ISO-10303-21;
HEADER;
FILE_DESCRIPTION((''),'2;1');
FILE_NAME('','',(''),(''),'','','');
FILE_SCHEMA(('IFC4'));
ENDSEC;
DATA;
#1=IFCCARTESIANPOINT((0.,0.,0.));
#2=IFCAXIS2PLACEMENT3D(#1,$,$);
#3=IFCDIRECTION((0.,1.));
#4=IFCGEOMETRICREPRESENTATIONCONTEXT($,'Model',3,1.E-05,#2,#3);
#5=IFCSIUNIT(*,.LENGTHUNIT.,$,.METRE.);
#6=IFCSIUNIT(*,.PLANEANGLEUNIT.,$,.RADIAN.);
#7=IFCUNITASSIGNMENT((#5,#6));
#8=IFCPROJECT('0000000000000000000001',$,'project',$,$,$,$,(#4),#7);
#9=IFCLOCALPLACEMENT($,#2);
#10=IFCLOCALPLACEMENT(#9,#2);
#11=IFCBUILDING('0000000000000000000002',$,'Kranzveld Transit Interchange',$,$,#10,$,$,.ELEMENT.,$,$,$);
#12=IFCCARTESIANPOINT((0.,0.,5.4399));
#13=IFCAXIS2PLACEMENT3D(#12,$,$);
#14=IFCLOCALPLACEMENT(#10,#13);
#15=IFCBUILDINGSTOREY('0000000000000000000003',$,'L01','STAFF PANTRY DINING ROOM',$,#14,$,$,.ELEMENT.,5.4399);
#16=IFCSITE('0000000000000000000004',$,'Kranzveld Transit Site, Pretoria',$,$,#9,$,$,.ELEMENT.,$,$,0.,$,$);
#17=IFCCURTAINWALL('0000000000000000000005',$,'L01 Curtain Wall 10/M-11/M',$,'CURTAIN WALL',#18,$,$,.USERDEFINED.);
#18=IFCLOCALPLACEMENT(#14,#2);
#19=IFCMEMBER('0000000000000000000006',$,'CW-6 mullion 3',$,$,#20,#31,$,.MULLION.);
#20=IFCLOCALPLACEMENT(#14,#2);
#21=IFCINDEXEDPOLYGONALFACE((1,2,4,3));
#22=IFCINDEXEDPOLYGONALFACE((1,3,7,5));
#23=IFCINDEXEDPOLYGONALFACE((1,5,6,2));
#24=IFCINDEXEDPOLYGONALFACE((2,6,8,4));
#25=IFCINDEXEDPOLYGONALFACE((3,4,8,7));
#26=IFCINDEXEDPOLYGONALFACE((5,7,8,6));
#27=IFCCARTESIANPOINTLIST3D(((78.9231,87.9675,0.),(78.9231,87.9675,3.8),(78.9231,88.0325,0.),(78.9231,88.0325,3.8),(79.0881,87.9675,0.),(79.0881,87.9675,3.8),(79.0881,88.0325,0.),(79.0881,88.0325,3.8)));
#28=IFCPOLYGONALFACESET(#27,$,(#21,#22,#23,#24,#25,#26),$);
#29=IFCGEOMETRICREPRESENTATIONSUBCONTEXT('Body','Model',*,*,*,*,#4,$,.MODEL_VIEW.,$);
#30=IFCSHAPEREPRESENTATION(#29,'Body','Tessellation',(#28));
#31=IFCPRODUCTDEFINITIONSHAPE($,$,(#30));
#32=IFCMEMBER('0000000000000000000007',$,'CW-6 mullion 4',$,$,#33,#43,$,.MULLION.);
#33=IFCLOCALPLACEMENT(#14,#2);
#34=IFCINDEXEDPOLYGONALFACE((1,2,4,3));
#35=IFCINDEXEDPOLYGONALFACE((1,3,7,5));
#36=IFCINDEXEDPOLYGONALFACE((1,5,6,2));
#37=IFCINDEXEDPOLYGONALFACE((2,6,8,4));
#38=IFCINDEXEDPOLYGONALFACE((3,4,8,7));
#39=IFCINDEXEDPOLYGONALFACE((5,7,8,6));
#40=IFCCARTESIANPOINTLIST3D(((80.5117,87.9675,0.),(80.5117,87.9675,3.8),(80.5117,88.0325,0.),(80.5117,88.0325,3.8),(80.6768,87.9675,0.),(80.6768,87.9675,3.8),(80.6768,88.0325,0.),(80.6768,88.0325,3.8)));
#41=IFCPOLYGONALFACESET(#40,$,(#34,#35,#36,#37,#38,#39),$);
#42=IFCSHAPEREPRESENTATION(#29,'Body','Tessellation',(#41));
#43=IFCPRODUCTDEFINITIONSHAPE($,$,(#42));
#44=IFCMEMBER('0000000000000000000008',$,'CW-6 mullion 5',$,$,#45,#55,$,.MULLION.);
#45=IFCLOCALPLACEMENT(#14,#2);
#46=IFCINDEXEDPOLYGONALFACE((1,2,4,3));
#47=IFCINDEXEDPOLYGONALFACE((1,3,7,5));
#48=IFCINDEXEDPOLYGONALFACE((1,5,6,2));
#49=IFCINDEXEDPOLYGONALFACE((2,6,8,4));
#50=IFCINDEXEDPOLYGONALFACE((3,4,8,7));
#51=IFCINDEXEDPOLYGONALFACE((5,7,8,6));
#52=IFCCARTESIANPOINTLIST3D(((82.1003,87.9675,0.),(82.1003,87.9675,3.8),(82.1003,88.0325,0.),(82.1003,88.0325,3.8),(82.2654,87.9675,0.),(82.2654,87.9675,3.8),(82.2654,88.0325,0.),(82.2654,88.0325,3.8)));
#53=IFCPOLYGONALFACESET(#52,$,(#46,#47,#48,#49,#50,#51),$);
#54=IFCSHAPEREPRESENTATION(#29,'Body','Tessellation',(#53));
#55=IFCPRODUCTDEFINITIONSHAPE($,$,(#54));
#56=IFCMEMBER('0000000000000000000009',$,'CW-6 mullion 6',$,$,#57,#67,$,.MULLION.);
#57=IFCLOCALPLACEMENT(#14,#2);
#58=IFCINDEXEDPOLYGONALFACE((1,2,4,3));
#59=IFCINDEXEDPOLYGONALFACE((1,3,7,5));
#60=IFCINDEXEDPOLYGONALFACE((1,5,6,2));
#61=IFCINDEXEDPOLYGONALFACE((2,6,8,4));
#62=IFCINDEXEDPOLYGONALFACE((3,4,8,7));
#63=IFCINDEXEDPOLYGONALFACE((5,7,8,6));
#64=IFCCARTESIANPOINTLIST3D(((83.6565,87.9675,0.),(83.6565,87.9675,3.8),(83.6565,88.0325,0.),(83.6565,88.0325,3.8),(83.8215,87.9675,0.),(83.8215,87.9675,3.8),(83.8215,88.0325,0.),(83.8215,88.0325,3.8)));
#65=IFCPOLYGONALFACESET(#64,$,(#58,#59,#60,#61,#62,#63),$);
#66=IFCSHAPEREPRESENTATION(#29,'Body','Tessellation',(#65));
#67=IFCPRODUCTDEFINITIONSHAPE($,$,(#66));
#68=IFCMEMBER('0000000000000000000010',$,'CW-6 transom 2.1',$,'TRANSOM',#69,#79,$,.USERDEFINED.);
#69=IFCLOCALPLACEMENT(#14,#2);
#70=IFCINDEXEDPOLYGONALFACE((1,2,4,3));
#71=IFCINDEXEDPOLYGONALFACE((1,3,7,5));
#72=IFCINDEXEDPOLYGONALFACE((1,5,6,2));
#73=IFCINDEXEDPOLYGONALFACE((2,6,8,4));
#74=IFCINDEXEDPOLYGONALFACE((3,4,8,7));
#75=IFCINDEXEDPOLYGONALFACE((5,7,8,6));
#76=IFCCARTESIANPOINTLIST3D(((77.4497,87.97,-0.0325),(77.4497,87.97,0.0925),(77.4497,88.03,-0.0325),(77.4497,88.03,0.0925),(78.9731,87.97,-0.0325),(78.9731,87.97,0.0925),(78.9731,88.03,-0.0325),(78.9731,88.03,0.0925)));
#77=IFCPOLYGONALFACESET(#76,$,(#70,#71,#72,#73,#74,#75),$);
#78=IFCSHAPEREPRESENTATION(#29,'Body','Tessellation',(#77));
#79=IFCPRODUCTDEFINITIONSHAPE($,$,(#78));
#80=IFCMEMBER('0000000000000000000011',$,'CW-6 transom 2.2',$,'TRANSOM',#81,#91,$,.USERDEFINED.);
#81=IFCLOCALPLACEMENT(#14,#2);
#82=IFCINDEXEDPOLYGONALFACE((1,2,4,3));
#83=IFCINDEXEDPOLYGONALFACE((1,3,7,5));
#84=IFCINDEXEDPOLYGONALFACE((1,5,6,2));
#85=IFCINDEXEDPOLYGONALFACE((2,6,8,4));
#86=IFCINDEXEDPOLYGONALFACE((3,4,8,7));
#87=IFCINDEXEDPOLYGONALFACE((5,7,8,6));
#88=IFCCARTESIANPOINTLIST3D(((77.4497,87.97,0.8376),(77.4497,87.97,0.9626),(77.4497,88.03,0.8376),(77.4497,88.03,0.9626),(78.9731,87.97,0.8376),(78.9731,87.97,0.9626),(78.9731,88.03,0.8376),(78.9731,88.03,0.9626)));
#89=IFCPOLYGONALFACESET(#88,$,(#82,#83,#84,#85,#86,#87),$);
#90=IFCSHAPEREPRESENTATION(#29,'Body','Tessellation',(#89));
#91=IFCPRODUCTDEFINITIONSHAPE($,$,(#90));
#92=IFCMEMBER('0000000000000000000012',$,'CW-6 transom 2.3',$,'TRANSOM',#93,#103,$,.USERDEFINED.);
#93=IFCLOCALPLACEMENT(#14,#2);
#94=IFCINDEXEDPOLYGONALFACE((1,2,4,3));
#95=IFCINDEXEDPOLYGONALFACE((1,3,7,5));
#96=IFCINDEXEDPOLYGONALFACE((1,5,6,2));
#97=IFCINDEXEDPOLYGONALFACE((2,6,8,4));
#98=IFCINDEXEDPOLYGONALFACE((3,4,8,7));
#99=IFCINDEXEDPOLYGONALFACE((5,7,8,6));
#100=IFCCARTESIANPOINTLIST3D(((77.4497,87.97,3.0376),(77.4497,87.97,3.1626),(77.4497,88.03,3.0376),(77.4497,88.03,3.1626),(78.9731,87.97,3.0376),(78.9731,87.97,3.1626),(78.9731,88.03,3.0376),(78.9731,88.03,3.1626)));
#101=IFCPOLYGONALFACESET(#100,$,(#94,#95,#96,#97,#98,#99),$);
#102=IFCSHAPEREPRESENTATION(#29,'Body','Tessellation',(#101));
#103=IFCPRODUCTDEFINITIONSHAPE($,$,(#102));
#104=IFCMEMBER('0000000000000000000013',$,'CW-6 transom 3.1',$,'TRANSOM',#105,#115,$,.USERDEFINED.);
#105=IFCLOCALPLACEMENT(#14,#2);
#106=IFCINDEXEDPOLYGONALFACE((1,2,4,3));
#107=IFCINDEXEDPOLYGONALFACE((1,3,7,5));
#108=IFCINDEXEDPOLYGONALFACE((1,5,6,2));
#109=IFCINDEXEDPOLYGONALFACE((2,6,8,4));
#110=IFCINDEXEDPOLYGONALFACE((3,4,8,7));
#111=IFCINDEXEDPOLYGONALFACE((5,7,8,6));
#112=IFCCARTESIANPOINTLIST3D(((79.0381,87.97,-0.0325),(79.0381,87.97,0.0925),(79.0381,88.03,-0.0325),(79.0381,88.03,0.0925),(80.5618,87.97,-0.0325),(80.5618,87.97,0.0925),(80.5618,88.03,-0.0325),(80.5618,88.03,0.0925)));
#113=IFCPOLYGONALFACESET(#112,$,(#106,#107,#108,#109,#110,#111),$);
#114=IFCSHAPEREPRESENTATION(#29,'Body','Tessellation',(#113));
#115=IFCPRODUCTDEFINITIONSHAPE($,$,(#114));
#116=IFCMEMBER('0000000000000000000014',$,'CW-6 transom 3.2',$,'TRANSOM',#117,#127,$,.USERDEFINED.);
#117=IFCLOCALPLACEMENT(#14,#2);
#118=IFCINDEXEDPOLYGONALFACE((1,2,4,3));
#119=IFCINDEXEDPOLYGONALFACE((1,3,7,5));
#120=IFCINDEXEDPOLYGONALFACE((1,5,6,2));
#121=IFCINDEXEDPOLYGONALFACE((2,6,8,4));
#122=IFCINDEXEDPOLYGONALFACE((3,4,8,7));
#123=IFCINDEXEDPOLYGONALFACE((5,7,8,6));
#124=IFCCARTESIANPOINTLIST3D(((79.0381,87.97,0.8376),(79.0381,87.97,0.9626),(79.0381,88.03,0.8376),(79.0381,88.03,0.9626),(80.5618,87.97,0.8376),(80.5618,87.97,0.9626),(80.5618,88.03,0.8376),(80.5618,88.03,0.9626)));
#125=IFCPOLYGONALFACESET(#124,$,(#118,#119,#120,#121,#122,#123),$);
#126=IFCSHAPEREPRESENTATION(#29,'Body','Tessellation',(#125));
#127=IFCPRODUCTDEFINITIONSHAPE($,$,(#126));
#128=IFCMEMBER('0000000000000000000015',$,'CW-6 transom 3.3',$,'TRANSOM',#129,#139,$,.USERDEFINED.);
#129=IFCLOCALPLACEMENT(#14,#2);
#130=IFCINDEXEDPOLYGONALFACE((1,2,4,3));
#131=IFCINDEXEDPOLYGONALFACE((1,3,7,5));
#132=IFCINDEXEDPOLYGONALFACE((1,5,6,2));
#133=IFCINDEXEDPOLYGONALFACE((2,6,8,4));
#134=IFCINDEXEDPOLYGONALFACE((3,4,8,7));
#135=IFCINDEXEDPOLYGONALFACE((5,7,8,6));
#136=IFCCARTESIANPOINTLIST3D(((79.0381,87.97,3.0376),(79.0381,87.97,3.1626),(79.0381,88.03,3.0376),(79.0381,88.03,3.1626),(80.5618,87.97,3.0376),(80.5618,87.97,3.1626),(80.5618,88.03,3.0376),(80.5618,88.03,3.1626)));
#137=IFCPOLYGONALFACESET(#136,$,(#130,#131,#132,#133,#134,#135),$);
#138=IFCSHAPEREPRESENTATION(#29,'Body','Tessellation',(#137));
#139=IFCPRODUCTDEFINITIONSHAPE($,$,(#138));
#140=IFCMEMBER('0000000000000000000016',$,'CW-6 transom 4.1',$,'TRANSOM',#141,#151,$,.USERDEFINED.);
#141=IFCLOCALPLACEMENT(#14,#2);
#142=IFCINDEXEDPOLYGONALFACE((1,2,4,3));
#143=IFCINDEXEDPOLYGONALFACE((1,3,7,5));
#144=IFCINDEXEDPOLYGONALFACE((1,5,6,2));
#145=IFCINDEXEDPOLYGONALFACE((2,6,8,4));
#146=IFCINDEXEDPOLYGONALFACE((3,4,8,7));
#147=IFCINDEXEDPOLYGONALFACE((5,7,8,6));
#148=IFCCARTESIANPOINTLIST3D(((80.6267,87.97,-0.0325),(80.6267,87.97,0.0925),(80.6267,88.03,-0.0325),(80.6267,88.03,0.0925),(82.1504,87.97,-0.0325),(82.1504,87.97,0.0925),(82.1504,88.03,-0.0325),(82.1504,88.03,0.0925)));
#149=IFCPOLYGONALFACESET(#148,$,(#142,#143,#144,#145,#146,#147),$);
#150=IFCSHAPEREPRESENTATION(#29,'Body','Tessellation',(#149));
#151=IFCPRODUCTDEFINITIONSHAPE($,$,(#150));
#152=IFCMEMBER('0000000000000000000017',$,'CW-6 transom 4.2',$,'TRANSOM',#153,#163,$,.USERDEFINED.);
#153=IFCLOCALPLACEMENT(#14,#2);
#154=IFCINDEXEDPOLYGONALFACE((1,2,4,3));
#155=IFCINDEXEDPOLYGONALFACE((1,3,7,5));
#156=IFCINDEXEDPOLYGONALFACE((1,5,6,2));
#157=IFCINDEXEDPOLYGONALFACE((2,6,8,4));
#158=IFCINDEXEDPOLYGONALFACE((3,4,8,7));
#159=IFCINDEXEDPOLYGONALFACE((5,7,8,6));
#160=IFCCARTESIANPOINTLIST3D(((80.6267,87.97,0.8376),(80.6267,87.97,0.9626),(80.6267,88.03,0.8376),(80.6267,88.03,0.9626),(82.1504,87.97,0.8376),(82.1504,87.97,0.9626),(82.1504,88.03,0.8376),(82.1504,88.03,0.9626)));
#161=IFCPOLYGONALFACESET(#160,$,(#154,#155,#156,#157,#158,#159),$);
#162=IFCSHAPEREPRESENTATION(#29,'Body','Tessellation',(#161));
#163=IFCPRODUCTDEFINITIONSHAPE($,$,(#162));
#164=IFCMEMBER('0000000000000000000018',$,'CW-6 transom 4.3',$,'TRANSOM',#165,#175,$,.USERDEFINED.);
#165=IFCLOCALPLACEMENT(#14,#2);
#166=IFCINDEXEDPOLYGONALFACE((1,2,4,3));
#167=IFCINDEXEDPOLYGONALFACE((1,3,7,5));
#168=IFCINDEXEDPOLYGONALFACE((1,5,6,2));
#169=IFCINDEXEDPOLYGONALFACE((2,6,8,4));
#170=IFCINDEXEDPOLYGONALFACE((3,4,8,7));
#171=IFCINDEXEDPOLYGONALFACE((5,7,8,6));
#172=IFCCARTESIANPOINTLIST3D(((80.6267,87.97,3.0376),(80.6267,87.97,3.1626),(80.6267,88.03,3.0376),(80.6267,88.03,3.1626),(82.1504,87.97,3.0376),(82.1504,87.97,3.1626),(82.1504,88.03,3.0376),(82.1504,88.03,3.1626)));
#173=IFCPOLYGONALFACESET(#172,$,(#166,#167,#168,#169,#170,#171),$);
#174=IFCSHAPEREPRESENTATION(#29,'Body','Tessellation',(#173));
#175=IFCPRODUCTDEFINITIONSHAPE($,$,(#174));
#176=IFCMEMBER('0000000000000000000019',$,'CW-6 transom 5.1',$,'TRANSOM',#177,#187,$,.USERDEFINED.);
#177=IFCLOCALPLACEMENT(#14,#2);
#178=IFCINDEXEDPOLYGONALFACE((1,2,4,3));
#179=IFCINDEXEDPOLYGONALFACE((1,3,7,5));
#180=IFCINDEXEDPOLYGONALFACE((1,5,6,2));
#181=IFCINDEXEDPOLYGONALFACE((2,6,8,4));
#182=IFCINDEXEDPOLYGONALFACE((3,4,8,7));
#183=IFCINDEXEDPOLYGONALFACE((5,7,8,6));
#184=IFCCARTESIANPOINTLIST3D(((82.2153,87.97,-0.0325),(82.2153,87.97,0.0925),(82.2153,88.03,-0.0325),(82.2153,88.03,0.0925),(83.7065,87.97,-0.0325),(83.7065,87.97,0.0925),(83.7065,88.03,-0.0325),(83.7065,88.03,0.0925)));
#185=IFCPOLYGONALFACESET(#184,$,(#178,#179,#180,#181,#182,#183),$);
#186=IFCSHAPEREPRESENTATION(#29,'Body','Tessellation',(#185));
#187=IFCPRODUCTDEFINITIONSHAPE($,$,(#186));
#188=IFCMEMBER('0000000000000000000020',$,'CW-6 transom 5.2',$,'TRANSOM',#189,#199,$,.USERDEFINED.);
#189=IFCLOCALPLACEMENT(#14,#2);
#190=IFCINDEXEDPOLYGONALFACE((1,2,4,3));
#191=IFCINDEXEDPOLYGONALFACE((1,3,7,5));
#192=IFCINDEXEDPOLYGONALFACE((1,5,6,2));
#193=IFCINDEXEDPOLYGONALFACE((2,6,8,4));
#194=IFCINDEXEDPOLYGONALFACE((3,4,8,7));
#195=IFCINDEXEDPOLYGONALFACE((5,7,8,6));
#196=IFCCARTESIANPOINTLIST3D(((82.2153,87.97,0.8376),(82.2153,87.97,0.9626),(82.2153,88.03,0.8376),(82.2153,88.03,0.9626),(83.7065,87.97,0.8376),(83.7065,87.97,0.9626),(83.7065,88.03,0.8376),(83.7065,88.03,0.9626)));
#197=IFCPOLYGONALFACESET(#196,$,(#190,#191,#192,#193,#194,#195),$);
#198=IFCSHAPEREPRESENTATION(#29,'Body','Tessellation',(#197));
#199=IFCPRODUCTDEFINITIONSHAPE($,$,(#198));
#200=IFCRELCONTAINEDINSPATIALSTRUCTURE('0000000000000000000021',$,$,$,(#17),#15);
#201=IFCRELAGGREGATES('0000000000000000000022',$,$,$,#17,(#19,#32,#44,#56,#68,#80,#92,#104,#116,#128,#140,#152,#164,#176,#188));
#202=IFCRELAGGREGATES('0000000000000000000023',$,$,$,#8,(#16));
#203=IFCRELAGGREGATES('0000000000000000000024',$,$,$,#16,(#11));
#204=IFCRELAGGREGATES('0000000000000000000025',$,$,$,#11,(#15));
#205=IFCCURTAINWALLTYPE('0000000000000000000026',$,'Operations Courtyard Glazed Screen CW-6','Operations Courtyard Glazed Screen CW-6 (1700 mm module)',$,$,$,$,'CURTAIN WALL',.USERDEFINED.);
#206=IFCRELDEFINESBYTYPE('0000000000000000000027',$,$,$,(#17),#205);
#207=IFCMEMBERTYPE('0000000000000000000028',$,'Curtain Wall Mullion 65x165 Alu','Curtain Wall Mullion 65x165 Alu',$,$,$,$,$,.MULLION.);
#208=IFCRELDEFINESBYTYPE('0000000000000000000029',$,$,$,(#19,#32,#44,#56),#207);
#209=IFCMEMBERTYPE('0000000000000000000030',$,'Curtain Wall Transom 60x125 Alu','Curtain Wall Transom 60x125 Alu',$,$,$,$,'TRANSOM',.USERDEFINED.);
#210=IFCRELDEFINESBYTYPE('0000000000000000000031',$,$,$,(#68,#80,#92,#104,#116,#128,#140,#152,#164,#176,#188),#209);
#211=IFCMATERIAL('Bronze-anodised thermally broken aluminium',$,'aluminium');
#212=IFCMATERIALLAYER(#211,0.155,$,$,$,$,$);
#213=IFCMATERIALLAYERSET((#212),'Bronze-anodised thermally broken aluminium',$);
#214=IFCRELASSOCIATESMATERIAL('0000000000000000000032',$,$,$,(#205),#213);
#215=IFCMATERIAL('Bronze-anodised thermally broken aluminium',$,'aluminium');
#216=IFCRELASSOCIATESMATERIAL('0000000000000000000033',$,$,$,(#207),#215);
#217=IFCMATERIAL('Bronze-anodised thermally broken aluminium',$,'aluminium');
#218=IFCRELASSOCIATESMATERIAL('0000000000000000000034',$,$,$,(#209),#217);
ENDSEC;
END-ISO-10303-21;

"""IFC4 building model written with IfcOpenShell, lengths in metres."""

from ifc_helpers import new_model, si_unit, direction, frame, origin, origin_2d, place, context, subcontext, project, spatial, rectangle, extrude, material, layer, layer_set, material_profile, profile_set, type_object, element, aggregate, save


model = new_model("IFC4")

# Units and contexts
model_context = context("Model", 3, precision=1e-05, world=origin(), true_north=direction((0.0, 1.0)))
body_context = subcontext(model_context, "Body", "Model", "MODEL_VIEW")
ifc_project = project(units=[si_unit("LENGTHUNIT", "METRE"), si_unit("PLANEANGLEUNIT", "RADIAN")], contexts=[model_context])

# Site, building, storey
site_placement = place(None, origin())
site = spatial("IfcSite", under=ifc_project, at=site_placement, Name="Kranzveld Transit Site, Pretoria", CompositionType="ELEMENT", RefElevation=0.0)
building_placement = place(site_placement, origin())
building = spatial("IfcBuilding", under=site, at=building_placement, Name="Kranzveld Transit Interchange", CompositionType="ELEMENT")
storey_placement = place(building_placement, frame((0.0, 0.0, 5.4399)))
storey = spatial("IfcBuildingStorey", under=building, at=storey_placement, Name="L01", Description="STAFF PANTRY DINING ROOM", CompositionType="ELEMENT", Elevation=5.4399)

# Curtain wall, members
ifc_material_1 = material(Name="Bronze-anodised thermally broken aluminium", Category="aluminium")
ifc_layer_1 = layer(ifc_material_1, 0.155)
ifc_layer_set_1 = layer_set([ifc_layer_1], Name="Bronze-anodised thermally broken aluminium")
curtain_wall_type = type_object("IfcCurtainWallType", Name="Operations Courtyard Glazed Screen CW-6", Description="Operations Courtyard Glazed Screen CW-6 (1700 mm module)", ElementType="CURTAIN WALL", PredefinedType="USERDEFINED", material=ifc_layer_set_1)
curtain_wall_placement = place(storey_placement, origin())
curtain_wall = element("IfcCurtainWall", 1, at=curtain_wall_placement, inside=storey, type_object=curtain_wall_type, Name="L01 Curtain Wall 10/M-11/M", ObjectType="CURTAIN WALL", PredefinedType="USERDEFINED")
ifc_material_2 = material(Name="Bronze-anodised thermally broken aluminium", Category="aluminium")
ifc_material_profile_1 = material_profile(ifc_material_2, rectangle(XDim=0.0649, YDim=0.165, at=origin_2d()), Name="ALU MULLION 65x165")
ifc_profile_set_1 = profile_set([ifc_material_profile_1], Name="Bronze-anodised thermally broken aluminium")
member_type_1 = type_object("IfcMemberType", Name="Curtain Wall Mullion 65x165 Alu", Description="Curtain Wall Mullion 65x165 Alu", PredefinedType="MULLION", material=ifc_profile_set_1)
member_1_placement = place(storey_placement, frame((79.0056, 88.0, 0.0), z_axis=(0.0, 0.0, 1.0), x_axis=(0.0, 1.0, 0.0)))
member_1 = element("IfcMember", 2, at=member_1_placement, type_object=member_type_1, Name="CW-6 mullion 3", PredefinedType="MULLION", context=body_context, shape_type="SweptSolid", body=[
    extrude(rectangle(XDim=0.0649, YDim=0.165, at=origin_2d()), origin(), (0.0, 0.0, 1.0), 3.8),
])
member_2_placement = place(storey_placement, frame((80.5942, 88.0, 0.0), z_axis=(0.0, 0.0, 1.0), x_axis=(0.0, 1.0, 0.0)))
member_2 = element("IfcMember", 3, at=member_2_placement, type_object=member_type_1, Name="CW-6 mullion 4", PredefinedType="MULLION", context=body_context, shape_type="SweptSolid", body=[
    extrude(rectangle(XDim=0.0649, YDim=0.165, at=origin_2d()), origin(), (0.0, 0.0, 1.0), 3.8),
])
member_3_placement = place(storey_placement, frame((82.1829, 88.0, 0.0), z_axis=(0.0, 0.0, 1.0), x_axis=(0.0, 1.0, 0.0)))
member_3 = element("IfcMember", 4, at=member_3_placement, type_object=member_type_1, Name="CW-6 mullion 5", PredefinedType="MULLION", context=body_context, shape_type="SweptSolid", body=[
    extrude(rectangle(XDim=0.0649, YDim=0.165, at=origin_2d()), origin(), (0.0, 0.0, 1.0), 3.8),
])
member_4_placement = place(storey_placement, frame((83.739, 88.0, 0.0), z_axis=(0.0, 0.0, 1.0), x_axis=(0.0, 1.0, 0.0)))
member_4 = element("IfcMember", 5, at=member_4_placement, type_object=member_type_1, Name="CW-6 mullion 6", PredefinedType="MULLION", context=body_context, shape_type="SweptSolid", body=[
    extrude(rectangle(XDim=0.0649, YDim=0.165, at=origin_2d()), origin(), (0.0, 0.0, 1.0), 3.8),
])
ifc_material_3 = material(Name="Bronze-anodised thermally broken aluminium", Category="aluminium")
ifc_material_profile_2 = material_profile(ifc_material_3, rectangle(XDim=0.0601, YDim=0.125, at=origin_2d()), Name="ALU TRANSOM 60x125")
ifc_profile_set_2 = profile_set([ifc_material_profile_2], Name="Bronze-anodised thermally broken aluminium")
member_type_2 = type_object("IfcMemberType", Name="Curtain Wall Transom 60x125 Alu", Description="Curtain Wall Transom 60x125 Alu", ElementType="TRANSOM", PredefinedType="USERDEFINED", material=ifc_profile_set_2)
member_5_placement = place(storey_placement, frame((77.4497, 88.0, 0.03), z_axis=(1.0, 0.0, 0.0), x_axis=(0.0, 1.0, 0.0)))
member_5 = element("IfcMember", 6, at=member_5_placement, type_object=member_type_2, Name="CW-6 transom 2.1", ObjectType="TRANSOM", PredefinedType="USERDEFINED", context=body_context, shape_type="SweptSolid", body=[
    extrude(rectangle(XDim=0.0601, YDim=0.125, at=origin_2d()), origin(), (0.0, 0.0, 1.0), 1.5234),
])
member_6_placement = place(storey_placement, frame((77.4497, 88.0, 0.9001), z_axis=(1.0, 0.0, 0.0), x_axis=(0.0, 1.0, 0.0)))
member_6 = element("IfcMember", 7, at=member_6_placement, type_object=member_type_2, Name="CW-6 transom 2.2", ObjectType="TRANSOM", PredefinedType="USERDEFINED", context=body_context, shape_type="SweptSolid", body=[
    extrude(rectangle(XDim=0.0601, YDim=0.125, at=origin_2d()), origin(), (0.0, 0.0, 1.0), 1.5234),
])
member_7_placement = place(storey_placement, frame((77.4497, 88.0, 3.1001), z_axis=(1.0, 0.0, 0.0), x_axis=(0.0, 1.0, 0.0)))
member_7 = element("IfcMember", 8, at=member_7_placement, type_object=member_type_2, Name="CW-6 transom 2.3", ObjectType="TRANSOM", PredefinedType="USERDEFINED", context=body_context, shape_type="SweptSolid", body=[
    extrude(rectangle(XDim=0.0601, YDim=0.125, at=origin_2d()), origin(), (0.0, 0.0, 1.0), 1.5234),
])
member_8_placement = place(storey_placement, frame((79.0381, 88.0, 0.03), z_axis=(1.0, 0.0, 0.0), x_axis=(0.0, 1.0, 0.0)))
member_8 = element("IfcMember", 9, at=member_8_placement, type_object=member_type_2, Name="CW-6 transom 3.1", ObjectType="TRANSOM", PredefinedType="USERDEFINED", context=body_context, shape_type="SweptSolid", body=[
    extrude(rectangle(XDim=0.0601, YDim=0.125, at=origin_2d()), origin(), (0.0, 0.0, 1.0), 1.5237),
])
member_9_placement = place(storey_placement, frame((79.0381, 88.0, 0.9001), z_axis=(1.0, 0.0, 0.0), x_axis=(0.0, 1.0, 0.0)))
member_9 = element("IfcMember", 10, at=member_9_placement, type_object=member_type_2, Name="CW-6 transom 3.2", ObjectType="TRANSOM", PredefinedType="USERDEFINED", context=body_context, shape_type="SweptSolid", body=[
    extrude(rectangle(XDim=0.0601, YDim=0.125, at=origin_2d()), origin(), (0.0, 0.0, 1.0), 1.5237),
])
member_10_placement = place(storey_placement, frame((79.0381, 88.0, 3.1001), z_axis=(1.0, 0.0, 0.0), x_axis=(0.0, 1.0, 0.0)))
member_10 = element("IfcMember", 11, at=member_10_placement, type_object=member_type_2, Name="CW-6 transom 3.3", ObjectType="TRANSOM", PredefinedType="USERDEFINED", context=body_context, shape_type="SweptSolid", body=[
    extrude(rectangle(XDim=0.0601, YDim=0.125, at=origin_2d()), origin(), (0.0, 0.0, 1.0), 1.5237),
])
member_11_placement = place(storey_placement, frame((80.6267, 88.0, 0.03), z_axis=(1.0, 0.0, 0.0), x_axis=(0.0, 1.0, 0.0)))
member_11 = element("IfcMember", 12, at=member_11_placement, type_object=member_type_2, Name="CW-6 transom 4.1", ObjectType="TRANSOM", PredefinedType="USERDEFINED", context=body_context, shape_type="SweptSolid", body=[
    extrude(rectangle(XDim=0.0601, YDim=0.125, at=origin_2d()), origin(), (0.0, 0.0, 1.0), 1.5237),
])
member_12_placement = place(storey_placement, frame((80.6267, 88.0, 0.9001), z_axis=(1.0, 0.0, 0.0), x_axis=(0.0, 1.0, 0.0)))
member_12 = element("IfcMember", 13, at=member_12_placement, type_object=member_type_2, Name="CW-6 transom 4.2", ObjectType="TRANSOM", PredefinedType="USERDEFINED", context=body_context, shape_type="SweptSolid", body=[
    extrude(rectangle(XDim=0.0601, YDim=0.125, at=origin_2d()), origin(), (0.0, 0.0, 1.0), 1.5237),
])
member_13_placement = place(storey_placement, frame((80.6267, 88.0, 3.1001), z_axis=(1.0, 0.0, 0.0), x_axis=(0.0, 1.0, 0.0)))
member_13 = element("IfcMember", 14, at=member_13_placement, type_object=member_type_2, Name="CW-6 transom 4.3", ObjectType="TRANSOM", PredefinedType="USERDEFINED", context=body_context, shape_type="SweptSolid", body=[
    extrude(rectangle(XDim=0.0601, YDim=0.125, at=origin_2d()), origin(), (0.0, 0.0, 1.0), 1.5237),
])
member_14_placement = place(storey_placement, frame((82.2153, 88.0, 0.03), z_axis=(1.0, 0.0, 0.0), x_axis=(0.0, 1.0, 0.0)))
member_14 = element("IfcMember", 15, at=member_14_placement, type_object=member_type_2, Name="CW-6 transom 5.1", ObjectType="TRANSOM", PredefinedType="USERDEFINED", context=body_context, shape_type="SweptSolid", body=[
    extrude(rectangle(XDim=0.0601, YDim=0.125, at=origin_2d()), origin(), (0.0, 0.0, 1.0), 1.4912),
])
member_15_placement = place(storey_placement, frame((82.2153, 88.0, 0.9001), z_axis=(1.0, 0.0, 0.0), x_axis=(0.0, 1.0, 0.0)))
member_15 = element("IfcMember", 16, at=member_15_placement, type_object=member_type_2, Name="CW-6 transom 5.2", ObjectType="TRANSOM", PredefinedType="USERDEFINED", context=body_context, shape_type="SweptSolid", body=[
    extrude(rectangle(XDim=0.0601, YDim=0.125, at=origin_2d()), origin(), (0.0, 0.0, 1.0), 1.4912),
])
aggregate(curtain_wall, [member_1, member_2, member_3, member_4, member_5, member_6, member_7, member_8, member_9, member_10, member_11, member_12, member_13, member_14, member_15])

save(model, "model.ifc")
